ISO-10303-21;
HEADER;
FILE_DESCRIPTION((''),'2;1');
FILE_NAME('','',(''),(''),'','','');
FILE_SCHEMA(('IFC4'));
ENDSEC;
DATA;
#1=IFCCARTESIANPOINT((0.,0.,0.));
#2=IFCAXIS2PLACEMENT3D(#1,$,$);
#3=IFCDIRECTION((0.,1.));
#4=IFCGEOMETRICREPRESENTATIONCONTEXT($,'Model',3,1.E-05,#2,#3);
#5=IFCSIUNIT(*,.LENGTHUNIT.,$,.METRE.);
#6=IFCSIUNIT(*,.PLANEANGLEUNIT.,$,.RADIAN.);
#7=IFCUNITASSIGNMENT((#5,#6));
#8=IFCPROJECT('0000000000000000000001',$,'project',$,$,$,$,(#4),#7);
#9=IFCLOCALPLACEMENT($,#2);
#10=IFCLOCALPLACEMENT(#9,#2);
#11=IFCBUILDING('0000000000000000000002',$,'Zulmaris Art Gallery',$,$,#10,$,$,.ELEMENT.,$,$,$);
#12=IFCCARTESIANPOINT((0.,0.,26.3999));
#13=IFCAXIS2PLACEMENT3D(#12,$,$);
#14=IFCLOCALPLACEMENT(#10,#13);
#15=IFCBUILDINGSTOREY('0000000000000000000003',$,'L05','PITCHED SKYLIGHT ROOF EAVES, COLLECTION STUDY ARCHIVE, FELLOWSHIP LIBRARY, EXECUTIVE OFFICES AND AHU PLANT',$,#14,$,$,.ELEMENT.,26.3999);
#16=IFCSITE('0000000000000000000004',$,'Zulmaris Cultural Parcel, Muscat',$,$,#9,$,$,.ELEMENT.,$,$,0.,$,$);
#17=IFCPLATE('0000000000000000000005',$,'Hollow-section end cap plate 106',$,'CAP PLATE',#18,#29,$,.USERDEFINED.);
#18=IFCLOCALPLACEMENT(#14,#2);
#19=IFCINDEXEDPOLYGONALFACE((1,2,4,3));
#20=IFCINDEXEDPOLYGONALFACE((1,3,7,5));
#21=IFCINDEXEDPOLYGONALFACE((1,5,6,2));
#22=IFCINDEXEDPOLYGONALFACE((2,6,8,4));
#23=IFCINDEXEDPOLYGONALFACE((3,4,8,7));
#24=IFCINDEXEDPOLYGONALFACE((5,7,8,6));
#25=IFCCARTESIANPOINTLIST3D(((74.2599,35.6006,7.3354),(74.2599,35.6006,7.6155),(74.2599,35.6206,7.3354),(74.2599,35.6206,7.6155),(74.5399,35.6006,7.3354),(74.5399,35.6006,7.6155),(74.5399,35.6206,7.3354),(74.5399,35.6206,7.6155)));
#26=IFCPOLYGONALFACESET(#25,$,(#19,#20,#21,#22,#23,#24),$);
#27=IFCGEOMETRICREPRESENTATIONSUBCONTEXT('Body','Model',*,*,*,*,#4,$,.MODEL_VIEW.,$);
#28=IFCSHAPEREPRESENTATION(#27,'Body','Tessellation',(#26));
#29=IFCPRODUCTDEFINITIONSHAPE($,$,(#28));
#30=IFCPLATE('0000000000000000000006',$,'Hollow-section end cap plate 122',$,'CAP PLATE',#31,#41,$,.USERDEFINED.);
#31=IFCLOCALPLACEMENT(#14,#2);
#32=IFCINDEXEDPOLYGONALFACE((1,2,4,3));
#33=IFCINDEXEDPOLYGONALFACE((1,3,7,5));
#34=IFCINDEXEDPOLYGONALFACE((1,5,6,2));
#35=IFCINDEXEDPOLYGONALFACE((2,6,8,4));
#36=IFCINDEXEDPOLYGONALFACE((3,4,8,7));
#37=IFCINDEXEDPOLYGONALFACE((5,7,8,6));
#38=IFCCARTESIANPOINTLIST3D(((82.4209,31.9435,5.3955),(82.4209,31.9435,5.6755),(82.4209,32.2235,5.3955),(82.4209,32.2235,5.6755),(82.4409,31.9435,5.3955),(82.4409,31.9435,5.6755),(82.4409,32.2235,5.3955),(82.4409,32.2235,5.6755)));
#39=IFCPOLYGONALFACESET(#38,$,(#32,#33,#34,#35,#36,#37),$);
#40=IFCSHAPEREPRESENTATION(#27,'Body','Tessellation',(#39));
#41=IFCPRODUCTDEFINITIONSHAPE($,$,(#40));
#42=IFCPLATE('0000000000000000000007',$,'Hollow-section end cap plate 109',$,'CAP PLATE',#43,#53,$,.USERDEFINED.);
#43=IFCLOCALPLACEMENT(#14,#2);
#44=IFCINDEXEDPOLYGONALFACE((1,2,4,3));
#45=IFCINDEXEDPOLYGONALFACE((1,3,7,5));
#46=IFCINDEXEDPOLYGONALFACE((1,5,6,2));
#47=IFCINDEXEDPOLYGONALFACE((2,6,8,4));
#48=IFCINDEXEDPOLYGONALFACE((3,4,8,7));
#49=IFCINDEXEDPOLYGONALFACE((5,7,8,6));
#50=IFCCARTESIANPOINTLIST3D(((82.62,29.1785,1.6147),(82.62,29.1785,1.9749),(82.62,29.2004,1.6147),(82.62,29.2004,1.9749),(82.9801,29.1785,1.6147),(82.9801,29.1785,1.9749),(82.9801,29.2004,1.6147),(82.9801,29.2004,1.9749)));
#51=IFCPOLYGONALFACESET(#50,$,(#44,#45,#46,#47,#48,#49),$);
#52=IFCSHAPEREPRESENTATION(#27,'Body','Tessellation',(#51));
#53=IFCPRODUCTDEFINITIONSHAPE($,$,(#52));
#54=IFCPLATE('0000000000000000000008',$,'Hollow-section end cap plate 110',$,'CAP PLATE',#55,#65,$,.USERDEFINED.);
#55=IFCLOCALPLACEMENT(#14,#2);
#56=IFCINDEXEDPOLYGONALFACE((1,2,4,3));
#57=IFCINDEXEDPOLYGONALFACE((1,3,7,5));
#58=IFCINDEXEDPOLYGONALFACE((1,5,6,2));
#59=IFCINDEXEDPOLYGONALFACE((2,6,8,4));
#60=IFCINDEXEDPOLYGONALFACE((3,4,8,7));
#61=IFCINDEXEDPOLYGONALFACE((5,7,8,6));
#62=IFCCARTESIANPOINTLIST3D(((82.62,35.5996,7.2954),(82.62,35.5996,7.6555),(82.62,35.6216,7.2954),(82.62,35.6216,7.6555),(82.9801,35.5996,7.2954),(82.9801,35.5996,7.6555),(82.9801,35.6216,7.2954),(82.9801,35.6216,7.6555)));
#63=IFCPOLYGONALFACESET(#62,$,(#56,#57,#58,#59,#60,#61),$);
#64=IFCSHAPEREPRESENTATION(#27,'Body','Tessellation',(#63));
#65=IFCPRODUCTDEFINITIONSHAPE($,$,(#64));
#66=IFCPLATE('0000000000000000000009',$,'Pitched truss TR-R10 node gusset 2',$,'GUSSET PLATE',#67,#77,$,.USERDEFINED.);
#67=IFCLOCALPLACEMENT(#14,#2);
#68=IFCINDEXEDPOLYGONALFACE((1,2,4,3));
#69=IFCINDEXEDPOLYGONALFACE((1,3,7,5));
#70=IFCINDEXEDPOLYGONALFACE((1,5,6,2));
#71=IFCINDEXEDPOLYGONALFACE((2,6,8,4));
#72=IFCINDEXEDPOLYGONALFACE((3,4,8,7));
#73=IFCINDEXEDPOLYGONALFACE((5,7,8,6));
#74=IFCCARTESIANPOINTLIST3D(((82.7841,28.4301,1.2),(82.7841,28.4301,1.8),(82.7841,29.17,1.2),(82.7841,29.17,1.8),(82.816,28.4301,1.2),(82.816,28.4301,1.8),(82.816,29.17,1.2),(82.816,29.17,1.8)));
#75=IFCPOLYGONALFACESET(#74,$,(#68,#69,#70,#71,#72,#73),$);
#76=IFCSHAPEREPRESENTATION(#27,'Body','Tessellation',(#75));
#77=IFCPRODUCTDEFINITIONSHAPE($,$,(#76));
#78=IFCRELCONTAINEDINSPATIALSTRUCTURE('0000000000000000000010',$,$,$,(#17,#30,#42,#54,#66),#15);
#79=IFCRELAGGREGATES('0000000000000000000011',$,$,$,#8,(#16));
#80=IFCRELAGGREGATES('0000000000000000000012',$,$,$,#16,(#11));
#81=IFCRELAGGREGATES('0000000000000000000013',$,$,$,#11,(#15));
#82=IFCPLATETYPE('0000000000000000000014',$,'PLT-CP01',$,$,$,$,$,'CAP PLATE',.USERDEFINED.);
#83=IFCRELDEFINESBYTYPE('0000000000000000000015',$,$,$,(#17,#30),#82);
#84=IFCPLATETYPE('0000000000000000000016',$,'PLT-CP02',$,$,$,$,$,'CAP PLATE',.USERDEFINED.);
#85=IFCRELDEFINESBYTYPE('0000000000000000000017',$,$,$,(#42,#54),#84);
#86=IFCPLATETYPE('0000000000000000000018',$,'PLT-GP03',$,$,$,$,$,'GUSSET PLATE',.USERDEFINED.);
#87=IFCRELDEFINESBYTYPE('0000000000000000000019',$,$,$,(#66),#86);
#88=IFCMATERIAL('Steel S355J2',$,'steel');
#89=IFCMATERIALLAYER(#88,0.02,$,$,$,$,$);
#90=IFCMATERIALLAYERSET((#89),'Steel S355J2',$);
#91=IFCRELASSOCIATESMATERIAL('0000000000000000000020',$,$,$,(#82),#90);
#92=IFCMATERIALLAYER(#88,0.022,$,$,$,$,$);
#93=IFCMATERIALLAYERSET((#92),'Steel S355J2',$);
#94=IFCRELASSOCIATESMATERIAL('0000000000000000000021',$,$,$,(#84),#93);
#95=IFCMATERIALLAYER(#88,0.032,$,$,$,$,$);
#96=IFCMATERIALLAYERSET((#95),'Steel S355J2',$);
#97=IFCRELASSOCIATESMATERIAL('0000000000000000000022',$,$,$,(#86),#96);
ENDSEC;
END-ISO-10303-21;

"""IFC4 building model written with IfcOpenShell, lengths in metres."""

from ifc_helpers import new_model, si_unit, direction, frame, origin, origin_2d, place, context, subcontext, project, spatial, rectangle, extrude, material, layer, layer_set, type_object, element, save


model = new_model("IFC4")

# Units and contexts
model_context = context("Model", 3, precision=1e-05, world=origin(), true_north=direction((0.0, 1.0)))
body_context = subcontext(model_context, "Body", "Model", "MODEL_VIEW")
ifc_project = project(units=[si_unit("LENGTHUNIT", "METRE"), si_unit("PLANEANGLEUNIT", "RADIAN")], contexts=[model_context])

# Site, building, storey
site_placement = place(None, origin())
site = spatial("IfcSite", under=ifc_project, at=site_placement, Name="Zulmaris Cultural Parcel, Muscat", CompositionType="ELEMENT", RefElevation=0.0)
building_placement = place(site_placement, origin())
building = spatial("IfcBuilding", under=site, at=building_placement, Name="Zulmaris Art Gallery", CompositionType="ELEMENT")
storey_placement = place(building_placement, frame((0.0, 0.0, 26.3999)))
storey = spatial("IfcBuildingStorey", under=building, at=storey_placement, Name="L05", Description="PITCHED SKYLIGHT ROOF EAVES, COLLECTION STUDY ARCHIVE, FELLOWSHIP LIBRARY, EXECUTIVE OFFICES AND AHU PLANT", CompositionType="ELEMENT", Elevation=26.3999)

# Plates
ifc_material_1 = material(Name="Steel S355J2", Category="steel")
ifc_layer_1 = layer(ifc_material_1, 0.02)
ifc_layer_set_1 = layer_set([ifc_layer_1], Name="Steel S355J2")
plate_type_1 = type_object("IfcPlateType", Name="PLT-CP01", ElementType="CAP PLATE", PredefinedType="USERDEFINED", material=ifc_layer_set_1)
for number, where, z_axis, x_axis, name in (
    (1, (74.3999, 35.6106, 7.3354), (0.0, 0.0, 1.0), (1.0, 0.0, 0.0), "Hollow-section end cap plate 106"),
):
    element("IfcPlate", number, at=place(storey_placement, frame(where, z_axis=z_axis, x_axis=x_axis)), inside=storey, type_object=plate_type_1, Name=name, ObjectType="CAP PLATE", PredefinedType="USERDEFINED", context=body_context, shape_type="SweptSolid", body=[
        extrude(rectangle(XDim=0.28, YDim=0.02, at=origin_2d()), origin(), (0.0, 0.0, 1.0), 0.28),
    ])
plate_1_placement = place(storey_placement, frame((82.4309, 32.0835, 5.3955), z_axis=(0.0, 0.0, 1.0), x_axis=(1.0, 0.0, 0.0)))
element("IfcPlate", 2, at=plate_1_placement, inside=storey, type_object=plate_type_1, Name="Hollow-section end cap plate 122", ObjectType="CAP PLATE", PredefinedType="USERDEFINED", context=body_context, shape_type="SweptSolid", body=[
    extrude(rectangle(XDim=0.02, YDim=0.28, at=origin_2d()), origin(), (0.0, 0.0, 1.0), 0.28),
])
ifc_layer_2 = layer(ifc_material_1, 0.022)
ifc_layer_set_2 = layer_set([ifc_layer_2], Name="Steel S355J2")
plate_type_2 = type_object("IfcPlateType", Name="PLT-CP02", ElementType="CAP PLATE", PredefinedType="USERDEFINED", material=ifc_layer_set_2)
for number, where, z_axis, x_axis, name in (
    (3, (82.8, 29.1895, 1.6147), (0.0, 0.0, 1.0), (1.0, 0.0, 0.0), "Hollow-section end cap plate 109"),
    (4, (82.8, 35.6106, 7.2954), (0.0, 0.0, 1.0), (1.0, 0.0, 0.0), "Hollow-section end cap plate 110"),
):
    element("IfcPlate", number, at=place(storey_placement, frame(where, z_axis=z_axis, x_axis=x_axis)), inside=storey, type_object=plate_type_2, Name=name, ObjectType="CAP PLATE", PredefinedType="USERDEFINED", context=body_context, shape_type="SweptSolid", body=[
        extrude(rectangle(XDim=0.3601, YDim=0.022, at=origin_2d()), origin(), (0.0, 0.0, 1.0), 0.3601),
    ])
ifc_layer_3 = layer(ifc_material_1, 0.032)
ifc_layer_set_3 = layer_set([ifc_layer_3], Name="Steel S355J2")
plate_type_3 = type_object("IfcPlateType", Name="PLT-GP03", ElementType="GUSSET PLATE", PredefinedType="USERDEFINED", material=ifc_layer_set_3)
plate_2_placement = place(storey_placement, frame((82.8, 28.8, 1.2), z_axis=(0.0, 0.0, 1.0), x_axis=(1.0, 0.0, 0.0)))
element("IfcPlate", 5, at=plate_2_placement, inside=storey, type_object=plate_type_3, Name="Pitched truss TR-R10 node gusset 2", ObjectType="GUSSET PLATE", PredefinedType="USERDEFINED", context=body_context, shape_type="SweptSolid", body=[
    extrude(rectangle(XDim=0.032, YDim=0.74, at=origin_2d()), origin(), (0.0, 0.0, 1.0), 0.6001),
])

save(model, "model.ifc")
